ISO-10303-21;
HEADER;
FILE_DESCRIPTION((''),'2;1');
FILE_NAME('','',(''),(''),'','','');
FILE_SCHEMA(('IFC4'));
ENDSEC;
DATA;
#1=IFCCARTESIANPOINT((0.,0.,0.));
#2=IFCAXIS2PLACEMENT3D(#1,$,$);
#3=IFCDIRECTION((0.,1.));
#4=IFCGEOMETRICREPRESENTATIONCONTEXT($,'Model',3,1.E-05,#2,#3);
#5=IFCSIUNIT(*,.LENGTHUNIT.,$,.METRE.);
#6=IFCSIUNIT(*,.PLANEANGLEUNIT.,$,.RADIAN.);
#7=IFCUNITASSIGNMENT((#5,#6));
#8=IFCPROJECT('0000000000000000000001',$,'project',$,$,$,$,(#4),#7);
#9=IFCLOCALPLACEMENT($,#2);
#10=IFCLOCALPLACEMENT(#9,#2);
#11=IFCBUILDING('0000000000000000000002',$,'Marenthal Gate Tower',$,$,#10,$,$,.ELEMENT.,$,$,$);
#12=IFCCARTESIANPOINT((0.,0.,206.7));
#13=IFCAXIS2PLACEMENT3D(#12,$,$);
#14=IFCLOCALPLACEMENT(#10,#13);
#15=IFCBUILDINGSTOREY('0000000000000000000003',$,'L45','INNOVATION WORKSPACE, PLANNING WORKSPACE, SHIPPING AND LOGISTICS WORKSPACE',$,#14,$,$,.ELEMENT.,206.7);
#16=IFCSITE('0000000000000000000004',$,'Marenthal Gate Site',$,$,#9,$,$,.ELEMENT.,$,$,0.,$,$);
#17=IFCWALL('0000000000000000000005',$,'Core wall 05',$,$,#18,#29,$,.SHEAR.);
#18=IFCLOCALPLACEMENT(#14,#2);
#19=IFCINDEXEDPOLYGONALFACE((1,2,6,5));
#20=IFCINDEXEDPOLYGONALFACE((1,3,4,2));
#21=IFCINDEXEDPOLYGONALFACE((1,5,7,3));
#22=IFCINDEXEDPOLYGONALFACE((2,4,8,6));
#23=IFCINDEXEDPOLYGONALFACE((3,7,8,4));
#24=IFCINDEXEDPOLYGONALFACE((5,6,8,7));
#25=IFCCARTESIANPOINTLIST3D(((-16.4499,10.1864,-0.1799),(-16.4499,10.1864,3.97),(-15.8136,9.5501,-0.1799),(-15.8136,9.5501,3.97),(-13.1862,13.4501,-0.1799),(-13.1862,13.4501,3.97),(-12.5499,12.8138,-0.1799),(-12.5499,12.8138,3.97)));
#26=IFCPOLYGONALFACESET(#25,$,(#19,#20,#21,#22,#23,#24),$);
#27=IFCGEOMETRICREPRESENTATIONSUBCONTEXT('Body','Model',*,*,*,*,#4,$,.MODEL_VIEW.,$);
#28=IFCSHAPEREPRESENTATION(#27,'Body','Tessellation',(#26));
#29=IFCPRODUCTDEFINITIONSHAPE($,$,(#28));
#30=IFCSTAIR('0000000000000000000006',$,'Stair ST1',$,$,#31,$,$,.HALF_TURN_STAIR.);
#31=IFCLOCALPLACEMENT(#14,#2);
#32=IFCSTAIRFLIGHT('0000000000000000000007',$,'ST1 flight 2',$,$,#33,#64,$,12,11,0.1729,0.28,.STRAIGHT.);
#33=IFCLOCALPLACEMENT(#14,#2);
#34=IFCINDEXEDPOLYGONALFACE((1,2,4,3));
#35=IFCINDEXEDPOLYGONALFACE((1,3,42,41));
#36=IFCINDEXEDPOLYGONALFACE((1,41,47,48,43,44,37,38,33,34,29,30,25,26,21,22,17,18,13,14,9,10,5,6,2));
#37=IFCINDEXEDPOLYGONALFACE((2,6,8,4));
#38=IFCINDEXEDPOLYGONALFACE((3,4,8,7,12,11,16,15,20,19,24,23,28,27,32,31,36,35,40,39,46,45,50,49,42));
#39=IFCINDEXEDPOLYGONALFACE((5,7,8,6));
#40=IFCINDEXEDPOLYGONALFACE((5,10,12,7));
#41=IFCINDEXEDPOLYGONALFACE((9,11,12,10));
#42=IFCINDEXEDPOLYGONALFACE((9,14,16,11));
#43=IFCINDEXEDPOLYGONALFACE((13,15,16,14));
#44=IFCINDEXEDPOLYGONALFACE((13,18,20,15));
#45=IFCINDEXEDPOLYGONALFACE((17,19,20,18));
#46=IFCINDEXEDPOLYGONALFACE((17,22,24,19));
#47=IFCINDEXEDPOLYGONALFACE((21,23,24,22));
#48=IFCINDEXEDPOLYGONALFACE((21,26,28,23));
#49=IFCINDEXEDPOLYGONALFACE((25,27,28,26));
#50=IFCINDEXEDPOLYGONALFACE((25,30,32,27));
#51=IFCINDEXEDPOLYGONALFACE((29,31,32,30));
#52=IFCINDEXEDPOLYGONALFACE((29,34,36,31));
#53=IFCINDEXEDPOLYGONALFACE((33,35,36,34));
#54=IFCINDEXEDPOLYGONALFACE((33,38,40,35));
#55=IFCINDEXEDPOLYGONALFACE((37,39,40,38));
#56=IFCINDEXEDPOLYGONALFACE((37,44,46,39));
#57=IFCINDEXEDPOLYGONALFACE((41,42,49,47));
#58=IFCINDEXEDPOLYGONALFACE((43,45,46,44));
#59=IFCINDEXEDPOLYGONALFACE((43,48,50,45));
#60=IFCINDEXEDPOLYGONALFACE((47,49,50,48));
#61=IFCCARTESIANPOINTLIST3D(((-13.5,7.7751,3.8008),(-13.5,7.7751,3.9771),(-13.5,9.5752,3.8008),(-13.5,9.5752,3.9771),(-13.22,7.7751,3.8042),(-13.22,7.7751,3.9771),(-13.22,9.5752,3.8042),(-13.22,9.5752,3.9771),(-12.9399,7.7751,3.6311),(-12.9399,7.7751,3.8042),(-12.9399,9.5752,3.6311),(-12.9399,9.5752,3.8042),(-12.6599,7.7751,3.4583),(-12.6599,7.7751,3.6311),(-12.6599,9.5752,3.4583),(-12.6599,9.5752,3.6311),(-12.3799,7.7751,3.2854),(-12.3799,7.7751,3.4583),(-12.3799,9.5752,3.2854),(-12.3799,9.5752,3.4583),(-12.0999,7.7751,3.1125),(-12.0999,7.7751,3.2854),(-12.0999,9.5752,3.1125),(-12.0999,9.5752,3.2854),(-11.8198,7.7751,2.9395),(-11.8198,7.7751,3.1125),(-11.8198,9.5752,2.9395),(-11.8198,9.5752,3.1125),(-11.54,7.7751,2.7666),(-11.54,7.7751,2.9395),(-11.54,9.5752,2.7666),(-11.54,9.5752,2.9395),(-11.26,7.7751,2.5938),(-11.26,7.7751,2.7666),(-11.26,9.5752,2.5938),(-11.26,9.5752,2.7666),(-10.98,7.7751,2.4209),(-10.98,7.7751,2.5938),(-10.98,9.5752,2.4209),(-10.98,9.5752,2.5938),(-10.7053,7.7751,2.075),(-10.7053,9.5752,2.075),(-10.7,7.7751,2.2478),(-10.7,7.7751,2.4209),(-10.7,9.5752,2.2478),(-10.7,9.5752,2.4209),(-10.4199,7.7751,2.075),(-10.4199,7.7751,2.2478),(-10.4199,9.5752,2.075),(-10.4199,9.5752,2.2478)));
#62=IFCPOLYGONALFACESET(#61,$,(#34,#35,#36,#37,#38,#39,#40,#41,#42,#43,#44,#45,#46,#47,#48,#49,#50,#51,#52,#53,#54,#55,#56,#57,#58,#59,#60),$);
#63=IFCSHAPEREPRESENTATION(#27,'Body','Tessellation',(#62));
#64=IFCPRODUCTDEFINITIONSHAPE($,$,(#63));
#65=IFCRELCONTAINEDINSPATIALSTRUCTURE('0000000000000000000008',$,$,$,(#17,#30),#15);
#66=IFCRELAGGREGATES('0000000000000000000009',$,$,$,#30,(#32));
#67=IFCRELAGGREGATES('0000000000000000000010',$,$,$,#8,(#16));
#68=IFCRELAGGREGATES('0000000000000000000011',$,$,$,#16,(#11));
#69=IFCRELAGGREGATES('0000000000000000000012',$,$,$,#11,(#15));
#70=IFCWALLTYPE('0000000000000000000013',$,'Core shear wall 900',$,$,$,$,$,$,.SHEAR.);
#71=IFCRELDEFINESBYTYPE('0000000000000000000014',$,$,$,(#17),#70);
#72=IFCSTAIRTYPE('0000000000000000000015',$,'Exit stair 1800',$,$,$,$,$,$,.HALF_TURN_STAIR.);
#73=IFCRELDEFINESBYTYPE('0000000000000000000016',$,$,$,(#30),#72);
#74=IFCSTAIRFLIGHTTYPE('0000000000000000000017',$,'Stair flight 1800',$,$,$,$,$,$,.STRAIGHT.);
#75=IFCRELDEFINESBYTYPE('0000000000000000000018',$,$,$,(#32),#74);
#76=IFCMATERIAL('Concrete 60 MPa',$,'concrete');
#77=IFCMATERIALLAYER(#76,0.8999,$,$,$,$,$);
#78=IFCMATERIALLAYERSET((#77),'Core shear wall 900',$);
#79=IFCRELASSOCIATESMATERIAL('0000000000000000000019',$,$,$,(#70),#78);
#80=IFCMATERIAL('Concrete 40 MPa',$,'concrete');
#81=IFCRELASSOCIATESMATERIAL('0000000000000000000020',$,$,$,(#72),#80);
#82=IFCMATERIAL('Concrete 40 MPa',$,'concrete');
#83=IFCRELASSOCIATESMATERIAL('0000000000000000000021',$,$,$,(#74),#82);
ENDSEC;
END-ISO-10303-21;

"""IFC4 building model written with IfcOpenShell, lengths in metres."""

from ifc_helpers import new_model, si_unit, direction, frame, frame_2d, origin, place, context, subcontext, project, spatial, polyline, rectangle, outline, extrude, material, layer, layer_set, type_object, element, aggregate, save


model = new_model("IFC4")

# Units and contexts
model_context = context("Model", 3, precision=1e-05, world=origin(), true_north=direction((0.0, 1.0)))
body_context = subcontext(model_context, "Body", "Model", "MODEL_VIEW")
ifc_project = project(units=[si_unit("LENGTHUNIT", "METRE"), si_unit("PLANEANGLEUNIT", "RADIAN")], contexts=[model_context])

# Site, building, storey
site_placement = place(None, origin())
site = spatial("IfcSite", under=ifc_project, at=site_placement, Name="Marenthal Gate Site", CompositionType="ELEMENT", RefElevation=0.0)
building_placement = place(site_placement, origin())
building = spatial("IfcBuilding", under=site, at=building_placement, Name="Marenthal Gate Tower", CompositionType="ELEMENT")
storey_placement = place(building_placement, frame((0.0, 0.0, 206.7)))
storey = spatial("IfcBuildingStorey", under=building, at=storey_placement, Name="L45", Description="INNOVATION WORKSPACE, PLANNING WORKSPACE, SHIPPING AND LOGISTICS WORKSPACE", CompositionType="ELEMENT", Elevation=206.7)

# Wall
ifc_material_1 = material(Name="Concrete 60 MPa", Category="concrete")
ifc_layer_1 = layer(ifc_material_1, 0.8999)
ifc_layer_set_1 = layer_set([ifc_layer_1], Name="Core shear wall 900")
wall_type = type_object("IfcWallType", Name="Core shear wall 900", PredefinedType="SHEAR", material=ifc_layer_set_1)
wall_placement = place(storey_placement, frame((-12.8682, 13.1318, -0.1799), z_axis=(0.0, 0.0, 1.0), x_axis=(-0.707107, -0.707107, 0.0)))
element("IfcWall", 1, at=wall_placement, inside=storey, type_object=wall_type, Name="Core wall 05", PredefinedType="SHEAR", context=body_context, shape_type="SweptSolid", body=[
    extrude(rectangle(XDim=4.6155, YDim=0.8999, at=frame_2d((2.3076, 0.0))), origin(), (0.0, 0.0, 1.0), 4.1499),
])

# Stair, stair flight
ifc_material_2 = material(Name="Concrete 40 MPa", Category="concrete")
stair_type = type_object("IfcStairType", Name="Exit stair 1800", PredefinedType="HALF_TURN_STAIR", material=ifc_material_2)
stair_placement = place(storey_placement, origin())
stair = element("IfcStair", 2, at=stair_placement, inside=storey, type_object=stair_type, Name="Stair ST1", PredefinedType="HALF_TURN_STAIR")
ifc_material_3 = material(Name="Concrete 40 MPa", Category="concrete")
stair_flight_type = type_object("IfcStairFlightType", Name="Stair flight 1800", PredefinedType="STRAIGHT", material=ifc_material_3)
stair_flight_placement = place(storey_placement, frame((-10.4199, 8.675, 2.075), z_axis=(0.0, 0.0, 1.0), x_axis=(-1.0, 0.0, 0.0)))
stair_flight = element("IfcStairFlight", 3, at=stair_flight_placement, type_object=stair_flight_type, Name="ST1 flight 2", NumberOfRisers=12, NumberOfTreads=11, PredefinedType="STRAIGHT", RiserHeight=0.1729, TreadLength=0.28, context=body_context, shape_type="SweptSolid", body=[
    extrude(outline(polyline([(0.0, 0.0), (0.0, 0.1729), (0.28, 0.1729), (0.28, 0.3459), (0.5601, 0.3459), (0.5601, 0.5188), (0.8401, 0.5188), (0.8401, 0.6917), (1.1201, 0.6917), (1.1201, 0.8645), (1.3999, 0.8645), (1.3999, 1.0376), (1.6799, 1.0376), (1.6799, 1.2104), (1.96, 1.2104), (1.96, 1.3833), (2.24, 1.3833), (2.24, 1.5562), (2.52, 1.5562), (2.52, 1.7292), (2.8, 1.7292), (2.8, 1.9021), (3.0801, 1.9021), (3.0801, 2.075), (3.0801, 1.7258), (0.2854, 0.0), (0.0, 0.0)])), frame((0.0, 0.8999, 0.0), z_axis=(0.0, -1.0, 0.0), x_axis=(1.0, 0.0, 0.0)), (0.0, 0.0, 1.0), 1.8),
])
aggregate(stair, [stair_flight])

save(model, "model.ifc")
